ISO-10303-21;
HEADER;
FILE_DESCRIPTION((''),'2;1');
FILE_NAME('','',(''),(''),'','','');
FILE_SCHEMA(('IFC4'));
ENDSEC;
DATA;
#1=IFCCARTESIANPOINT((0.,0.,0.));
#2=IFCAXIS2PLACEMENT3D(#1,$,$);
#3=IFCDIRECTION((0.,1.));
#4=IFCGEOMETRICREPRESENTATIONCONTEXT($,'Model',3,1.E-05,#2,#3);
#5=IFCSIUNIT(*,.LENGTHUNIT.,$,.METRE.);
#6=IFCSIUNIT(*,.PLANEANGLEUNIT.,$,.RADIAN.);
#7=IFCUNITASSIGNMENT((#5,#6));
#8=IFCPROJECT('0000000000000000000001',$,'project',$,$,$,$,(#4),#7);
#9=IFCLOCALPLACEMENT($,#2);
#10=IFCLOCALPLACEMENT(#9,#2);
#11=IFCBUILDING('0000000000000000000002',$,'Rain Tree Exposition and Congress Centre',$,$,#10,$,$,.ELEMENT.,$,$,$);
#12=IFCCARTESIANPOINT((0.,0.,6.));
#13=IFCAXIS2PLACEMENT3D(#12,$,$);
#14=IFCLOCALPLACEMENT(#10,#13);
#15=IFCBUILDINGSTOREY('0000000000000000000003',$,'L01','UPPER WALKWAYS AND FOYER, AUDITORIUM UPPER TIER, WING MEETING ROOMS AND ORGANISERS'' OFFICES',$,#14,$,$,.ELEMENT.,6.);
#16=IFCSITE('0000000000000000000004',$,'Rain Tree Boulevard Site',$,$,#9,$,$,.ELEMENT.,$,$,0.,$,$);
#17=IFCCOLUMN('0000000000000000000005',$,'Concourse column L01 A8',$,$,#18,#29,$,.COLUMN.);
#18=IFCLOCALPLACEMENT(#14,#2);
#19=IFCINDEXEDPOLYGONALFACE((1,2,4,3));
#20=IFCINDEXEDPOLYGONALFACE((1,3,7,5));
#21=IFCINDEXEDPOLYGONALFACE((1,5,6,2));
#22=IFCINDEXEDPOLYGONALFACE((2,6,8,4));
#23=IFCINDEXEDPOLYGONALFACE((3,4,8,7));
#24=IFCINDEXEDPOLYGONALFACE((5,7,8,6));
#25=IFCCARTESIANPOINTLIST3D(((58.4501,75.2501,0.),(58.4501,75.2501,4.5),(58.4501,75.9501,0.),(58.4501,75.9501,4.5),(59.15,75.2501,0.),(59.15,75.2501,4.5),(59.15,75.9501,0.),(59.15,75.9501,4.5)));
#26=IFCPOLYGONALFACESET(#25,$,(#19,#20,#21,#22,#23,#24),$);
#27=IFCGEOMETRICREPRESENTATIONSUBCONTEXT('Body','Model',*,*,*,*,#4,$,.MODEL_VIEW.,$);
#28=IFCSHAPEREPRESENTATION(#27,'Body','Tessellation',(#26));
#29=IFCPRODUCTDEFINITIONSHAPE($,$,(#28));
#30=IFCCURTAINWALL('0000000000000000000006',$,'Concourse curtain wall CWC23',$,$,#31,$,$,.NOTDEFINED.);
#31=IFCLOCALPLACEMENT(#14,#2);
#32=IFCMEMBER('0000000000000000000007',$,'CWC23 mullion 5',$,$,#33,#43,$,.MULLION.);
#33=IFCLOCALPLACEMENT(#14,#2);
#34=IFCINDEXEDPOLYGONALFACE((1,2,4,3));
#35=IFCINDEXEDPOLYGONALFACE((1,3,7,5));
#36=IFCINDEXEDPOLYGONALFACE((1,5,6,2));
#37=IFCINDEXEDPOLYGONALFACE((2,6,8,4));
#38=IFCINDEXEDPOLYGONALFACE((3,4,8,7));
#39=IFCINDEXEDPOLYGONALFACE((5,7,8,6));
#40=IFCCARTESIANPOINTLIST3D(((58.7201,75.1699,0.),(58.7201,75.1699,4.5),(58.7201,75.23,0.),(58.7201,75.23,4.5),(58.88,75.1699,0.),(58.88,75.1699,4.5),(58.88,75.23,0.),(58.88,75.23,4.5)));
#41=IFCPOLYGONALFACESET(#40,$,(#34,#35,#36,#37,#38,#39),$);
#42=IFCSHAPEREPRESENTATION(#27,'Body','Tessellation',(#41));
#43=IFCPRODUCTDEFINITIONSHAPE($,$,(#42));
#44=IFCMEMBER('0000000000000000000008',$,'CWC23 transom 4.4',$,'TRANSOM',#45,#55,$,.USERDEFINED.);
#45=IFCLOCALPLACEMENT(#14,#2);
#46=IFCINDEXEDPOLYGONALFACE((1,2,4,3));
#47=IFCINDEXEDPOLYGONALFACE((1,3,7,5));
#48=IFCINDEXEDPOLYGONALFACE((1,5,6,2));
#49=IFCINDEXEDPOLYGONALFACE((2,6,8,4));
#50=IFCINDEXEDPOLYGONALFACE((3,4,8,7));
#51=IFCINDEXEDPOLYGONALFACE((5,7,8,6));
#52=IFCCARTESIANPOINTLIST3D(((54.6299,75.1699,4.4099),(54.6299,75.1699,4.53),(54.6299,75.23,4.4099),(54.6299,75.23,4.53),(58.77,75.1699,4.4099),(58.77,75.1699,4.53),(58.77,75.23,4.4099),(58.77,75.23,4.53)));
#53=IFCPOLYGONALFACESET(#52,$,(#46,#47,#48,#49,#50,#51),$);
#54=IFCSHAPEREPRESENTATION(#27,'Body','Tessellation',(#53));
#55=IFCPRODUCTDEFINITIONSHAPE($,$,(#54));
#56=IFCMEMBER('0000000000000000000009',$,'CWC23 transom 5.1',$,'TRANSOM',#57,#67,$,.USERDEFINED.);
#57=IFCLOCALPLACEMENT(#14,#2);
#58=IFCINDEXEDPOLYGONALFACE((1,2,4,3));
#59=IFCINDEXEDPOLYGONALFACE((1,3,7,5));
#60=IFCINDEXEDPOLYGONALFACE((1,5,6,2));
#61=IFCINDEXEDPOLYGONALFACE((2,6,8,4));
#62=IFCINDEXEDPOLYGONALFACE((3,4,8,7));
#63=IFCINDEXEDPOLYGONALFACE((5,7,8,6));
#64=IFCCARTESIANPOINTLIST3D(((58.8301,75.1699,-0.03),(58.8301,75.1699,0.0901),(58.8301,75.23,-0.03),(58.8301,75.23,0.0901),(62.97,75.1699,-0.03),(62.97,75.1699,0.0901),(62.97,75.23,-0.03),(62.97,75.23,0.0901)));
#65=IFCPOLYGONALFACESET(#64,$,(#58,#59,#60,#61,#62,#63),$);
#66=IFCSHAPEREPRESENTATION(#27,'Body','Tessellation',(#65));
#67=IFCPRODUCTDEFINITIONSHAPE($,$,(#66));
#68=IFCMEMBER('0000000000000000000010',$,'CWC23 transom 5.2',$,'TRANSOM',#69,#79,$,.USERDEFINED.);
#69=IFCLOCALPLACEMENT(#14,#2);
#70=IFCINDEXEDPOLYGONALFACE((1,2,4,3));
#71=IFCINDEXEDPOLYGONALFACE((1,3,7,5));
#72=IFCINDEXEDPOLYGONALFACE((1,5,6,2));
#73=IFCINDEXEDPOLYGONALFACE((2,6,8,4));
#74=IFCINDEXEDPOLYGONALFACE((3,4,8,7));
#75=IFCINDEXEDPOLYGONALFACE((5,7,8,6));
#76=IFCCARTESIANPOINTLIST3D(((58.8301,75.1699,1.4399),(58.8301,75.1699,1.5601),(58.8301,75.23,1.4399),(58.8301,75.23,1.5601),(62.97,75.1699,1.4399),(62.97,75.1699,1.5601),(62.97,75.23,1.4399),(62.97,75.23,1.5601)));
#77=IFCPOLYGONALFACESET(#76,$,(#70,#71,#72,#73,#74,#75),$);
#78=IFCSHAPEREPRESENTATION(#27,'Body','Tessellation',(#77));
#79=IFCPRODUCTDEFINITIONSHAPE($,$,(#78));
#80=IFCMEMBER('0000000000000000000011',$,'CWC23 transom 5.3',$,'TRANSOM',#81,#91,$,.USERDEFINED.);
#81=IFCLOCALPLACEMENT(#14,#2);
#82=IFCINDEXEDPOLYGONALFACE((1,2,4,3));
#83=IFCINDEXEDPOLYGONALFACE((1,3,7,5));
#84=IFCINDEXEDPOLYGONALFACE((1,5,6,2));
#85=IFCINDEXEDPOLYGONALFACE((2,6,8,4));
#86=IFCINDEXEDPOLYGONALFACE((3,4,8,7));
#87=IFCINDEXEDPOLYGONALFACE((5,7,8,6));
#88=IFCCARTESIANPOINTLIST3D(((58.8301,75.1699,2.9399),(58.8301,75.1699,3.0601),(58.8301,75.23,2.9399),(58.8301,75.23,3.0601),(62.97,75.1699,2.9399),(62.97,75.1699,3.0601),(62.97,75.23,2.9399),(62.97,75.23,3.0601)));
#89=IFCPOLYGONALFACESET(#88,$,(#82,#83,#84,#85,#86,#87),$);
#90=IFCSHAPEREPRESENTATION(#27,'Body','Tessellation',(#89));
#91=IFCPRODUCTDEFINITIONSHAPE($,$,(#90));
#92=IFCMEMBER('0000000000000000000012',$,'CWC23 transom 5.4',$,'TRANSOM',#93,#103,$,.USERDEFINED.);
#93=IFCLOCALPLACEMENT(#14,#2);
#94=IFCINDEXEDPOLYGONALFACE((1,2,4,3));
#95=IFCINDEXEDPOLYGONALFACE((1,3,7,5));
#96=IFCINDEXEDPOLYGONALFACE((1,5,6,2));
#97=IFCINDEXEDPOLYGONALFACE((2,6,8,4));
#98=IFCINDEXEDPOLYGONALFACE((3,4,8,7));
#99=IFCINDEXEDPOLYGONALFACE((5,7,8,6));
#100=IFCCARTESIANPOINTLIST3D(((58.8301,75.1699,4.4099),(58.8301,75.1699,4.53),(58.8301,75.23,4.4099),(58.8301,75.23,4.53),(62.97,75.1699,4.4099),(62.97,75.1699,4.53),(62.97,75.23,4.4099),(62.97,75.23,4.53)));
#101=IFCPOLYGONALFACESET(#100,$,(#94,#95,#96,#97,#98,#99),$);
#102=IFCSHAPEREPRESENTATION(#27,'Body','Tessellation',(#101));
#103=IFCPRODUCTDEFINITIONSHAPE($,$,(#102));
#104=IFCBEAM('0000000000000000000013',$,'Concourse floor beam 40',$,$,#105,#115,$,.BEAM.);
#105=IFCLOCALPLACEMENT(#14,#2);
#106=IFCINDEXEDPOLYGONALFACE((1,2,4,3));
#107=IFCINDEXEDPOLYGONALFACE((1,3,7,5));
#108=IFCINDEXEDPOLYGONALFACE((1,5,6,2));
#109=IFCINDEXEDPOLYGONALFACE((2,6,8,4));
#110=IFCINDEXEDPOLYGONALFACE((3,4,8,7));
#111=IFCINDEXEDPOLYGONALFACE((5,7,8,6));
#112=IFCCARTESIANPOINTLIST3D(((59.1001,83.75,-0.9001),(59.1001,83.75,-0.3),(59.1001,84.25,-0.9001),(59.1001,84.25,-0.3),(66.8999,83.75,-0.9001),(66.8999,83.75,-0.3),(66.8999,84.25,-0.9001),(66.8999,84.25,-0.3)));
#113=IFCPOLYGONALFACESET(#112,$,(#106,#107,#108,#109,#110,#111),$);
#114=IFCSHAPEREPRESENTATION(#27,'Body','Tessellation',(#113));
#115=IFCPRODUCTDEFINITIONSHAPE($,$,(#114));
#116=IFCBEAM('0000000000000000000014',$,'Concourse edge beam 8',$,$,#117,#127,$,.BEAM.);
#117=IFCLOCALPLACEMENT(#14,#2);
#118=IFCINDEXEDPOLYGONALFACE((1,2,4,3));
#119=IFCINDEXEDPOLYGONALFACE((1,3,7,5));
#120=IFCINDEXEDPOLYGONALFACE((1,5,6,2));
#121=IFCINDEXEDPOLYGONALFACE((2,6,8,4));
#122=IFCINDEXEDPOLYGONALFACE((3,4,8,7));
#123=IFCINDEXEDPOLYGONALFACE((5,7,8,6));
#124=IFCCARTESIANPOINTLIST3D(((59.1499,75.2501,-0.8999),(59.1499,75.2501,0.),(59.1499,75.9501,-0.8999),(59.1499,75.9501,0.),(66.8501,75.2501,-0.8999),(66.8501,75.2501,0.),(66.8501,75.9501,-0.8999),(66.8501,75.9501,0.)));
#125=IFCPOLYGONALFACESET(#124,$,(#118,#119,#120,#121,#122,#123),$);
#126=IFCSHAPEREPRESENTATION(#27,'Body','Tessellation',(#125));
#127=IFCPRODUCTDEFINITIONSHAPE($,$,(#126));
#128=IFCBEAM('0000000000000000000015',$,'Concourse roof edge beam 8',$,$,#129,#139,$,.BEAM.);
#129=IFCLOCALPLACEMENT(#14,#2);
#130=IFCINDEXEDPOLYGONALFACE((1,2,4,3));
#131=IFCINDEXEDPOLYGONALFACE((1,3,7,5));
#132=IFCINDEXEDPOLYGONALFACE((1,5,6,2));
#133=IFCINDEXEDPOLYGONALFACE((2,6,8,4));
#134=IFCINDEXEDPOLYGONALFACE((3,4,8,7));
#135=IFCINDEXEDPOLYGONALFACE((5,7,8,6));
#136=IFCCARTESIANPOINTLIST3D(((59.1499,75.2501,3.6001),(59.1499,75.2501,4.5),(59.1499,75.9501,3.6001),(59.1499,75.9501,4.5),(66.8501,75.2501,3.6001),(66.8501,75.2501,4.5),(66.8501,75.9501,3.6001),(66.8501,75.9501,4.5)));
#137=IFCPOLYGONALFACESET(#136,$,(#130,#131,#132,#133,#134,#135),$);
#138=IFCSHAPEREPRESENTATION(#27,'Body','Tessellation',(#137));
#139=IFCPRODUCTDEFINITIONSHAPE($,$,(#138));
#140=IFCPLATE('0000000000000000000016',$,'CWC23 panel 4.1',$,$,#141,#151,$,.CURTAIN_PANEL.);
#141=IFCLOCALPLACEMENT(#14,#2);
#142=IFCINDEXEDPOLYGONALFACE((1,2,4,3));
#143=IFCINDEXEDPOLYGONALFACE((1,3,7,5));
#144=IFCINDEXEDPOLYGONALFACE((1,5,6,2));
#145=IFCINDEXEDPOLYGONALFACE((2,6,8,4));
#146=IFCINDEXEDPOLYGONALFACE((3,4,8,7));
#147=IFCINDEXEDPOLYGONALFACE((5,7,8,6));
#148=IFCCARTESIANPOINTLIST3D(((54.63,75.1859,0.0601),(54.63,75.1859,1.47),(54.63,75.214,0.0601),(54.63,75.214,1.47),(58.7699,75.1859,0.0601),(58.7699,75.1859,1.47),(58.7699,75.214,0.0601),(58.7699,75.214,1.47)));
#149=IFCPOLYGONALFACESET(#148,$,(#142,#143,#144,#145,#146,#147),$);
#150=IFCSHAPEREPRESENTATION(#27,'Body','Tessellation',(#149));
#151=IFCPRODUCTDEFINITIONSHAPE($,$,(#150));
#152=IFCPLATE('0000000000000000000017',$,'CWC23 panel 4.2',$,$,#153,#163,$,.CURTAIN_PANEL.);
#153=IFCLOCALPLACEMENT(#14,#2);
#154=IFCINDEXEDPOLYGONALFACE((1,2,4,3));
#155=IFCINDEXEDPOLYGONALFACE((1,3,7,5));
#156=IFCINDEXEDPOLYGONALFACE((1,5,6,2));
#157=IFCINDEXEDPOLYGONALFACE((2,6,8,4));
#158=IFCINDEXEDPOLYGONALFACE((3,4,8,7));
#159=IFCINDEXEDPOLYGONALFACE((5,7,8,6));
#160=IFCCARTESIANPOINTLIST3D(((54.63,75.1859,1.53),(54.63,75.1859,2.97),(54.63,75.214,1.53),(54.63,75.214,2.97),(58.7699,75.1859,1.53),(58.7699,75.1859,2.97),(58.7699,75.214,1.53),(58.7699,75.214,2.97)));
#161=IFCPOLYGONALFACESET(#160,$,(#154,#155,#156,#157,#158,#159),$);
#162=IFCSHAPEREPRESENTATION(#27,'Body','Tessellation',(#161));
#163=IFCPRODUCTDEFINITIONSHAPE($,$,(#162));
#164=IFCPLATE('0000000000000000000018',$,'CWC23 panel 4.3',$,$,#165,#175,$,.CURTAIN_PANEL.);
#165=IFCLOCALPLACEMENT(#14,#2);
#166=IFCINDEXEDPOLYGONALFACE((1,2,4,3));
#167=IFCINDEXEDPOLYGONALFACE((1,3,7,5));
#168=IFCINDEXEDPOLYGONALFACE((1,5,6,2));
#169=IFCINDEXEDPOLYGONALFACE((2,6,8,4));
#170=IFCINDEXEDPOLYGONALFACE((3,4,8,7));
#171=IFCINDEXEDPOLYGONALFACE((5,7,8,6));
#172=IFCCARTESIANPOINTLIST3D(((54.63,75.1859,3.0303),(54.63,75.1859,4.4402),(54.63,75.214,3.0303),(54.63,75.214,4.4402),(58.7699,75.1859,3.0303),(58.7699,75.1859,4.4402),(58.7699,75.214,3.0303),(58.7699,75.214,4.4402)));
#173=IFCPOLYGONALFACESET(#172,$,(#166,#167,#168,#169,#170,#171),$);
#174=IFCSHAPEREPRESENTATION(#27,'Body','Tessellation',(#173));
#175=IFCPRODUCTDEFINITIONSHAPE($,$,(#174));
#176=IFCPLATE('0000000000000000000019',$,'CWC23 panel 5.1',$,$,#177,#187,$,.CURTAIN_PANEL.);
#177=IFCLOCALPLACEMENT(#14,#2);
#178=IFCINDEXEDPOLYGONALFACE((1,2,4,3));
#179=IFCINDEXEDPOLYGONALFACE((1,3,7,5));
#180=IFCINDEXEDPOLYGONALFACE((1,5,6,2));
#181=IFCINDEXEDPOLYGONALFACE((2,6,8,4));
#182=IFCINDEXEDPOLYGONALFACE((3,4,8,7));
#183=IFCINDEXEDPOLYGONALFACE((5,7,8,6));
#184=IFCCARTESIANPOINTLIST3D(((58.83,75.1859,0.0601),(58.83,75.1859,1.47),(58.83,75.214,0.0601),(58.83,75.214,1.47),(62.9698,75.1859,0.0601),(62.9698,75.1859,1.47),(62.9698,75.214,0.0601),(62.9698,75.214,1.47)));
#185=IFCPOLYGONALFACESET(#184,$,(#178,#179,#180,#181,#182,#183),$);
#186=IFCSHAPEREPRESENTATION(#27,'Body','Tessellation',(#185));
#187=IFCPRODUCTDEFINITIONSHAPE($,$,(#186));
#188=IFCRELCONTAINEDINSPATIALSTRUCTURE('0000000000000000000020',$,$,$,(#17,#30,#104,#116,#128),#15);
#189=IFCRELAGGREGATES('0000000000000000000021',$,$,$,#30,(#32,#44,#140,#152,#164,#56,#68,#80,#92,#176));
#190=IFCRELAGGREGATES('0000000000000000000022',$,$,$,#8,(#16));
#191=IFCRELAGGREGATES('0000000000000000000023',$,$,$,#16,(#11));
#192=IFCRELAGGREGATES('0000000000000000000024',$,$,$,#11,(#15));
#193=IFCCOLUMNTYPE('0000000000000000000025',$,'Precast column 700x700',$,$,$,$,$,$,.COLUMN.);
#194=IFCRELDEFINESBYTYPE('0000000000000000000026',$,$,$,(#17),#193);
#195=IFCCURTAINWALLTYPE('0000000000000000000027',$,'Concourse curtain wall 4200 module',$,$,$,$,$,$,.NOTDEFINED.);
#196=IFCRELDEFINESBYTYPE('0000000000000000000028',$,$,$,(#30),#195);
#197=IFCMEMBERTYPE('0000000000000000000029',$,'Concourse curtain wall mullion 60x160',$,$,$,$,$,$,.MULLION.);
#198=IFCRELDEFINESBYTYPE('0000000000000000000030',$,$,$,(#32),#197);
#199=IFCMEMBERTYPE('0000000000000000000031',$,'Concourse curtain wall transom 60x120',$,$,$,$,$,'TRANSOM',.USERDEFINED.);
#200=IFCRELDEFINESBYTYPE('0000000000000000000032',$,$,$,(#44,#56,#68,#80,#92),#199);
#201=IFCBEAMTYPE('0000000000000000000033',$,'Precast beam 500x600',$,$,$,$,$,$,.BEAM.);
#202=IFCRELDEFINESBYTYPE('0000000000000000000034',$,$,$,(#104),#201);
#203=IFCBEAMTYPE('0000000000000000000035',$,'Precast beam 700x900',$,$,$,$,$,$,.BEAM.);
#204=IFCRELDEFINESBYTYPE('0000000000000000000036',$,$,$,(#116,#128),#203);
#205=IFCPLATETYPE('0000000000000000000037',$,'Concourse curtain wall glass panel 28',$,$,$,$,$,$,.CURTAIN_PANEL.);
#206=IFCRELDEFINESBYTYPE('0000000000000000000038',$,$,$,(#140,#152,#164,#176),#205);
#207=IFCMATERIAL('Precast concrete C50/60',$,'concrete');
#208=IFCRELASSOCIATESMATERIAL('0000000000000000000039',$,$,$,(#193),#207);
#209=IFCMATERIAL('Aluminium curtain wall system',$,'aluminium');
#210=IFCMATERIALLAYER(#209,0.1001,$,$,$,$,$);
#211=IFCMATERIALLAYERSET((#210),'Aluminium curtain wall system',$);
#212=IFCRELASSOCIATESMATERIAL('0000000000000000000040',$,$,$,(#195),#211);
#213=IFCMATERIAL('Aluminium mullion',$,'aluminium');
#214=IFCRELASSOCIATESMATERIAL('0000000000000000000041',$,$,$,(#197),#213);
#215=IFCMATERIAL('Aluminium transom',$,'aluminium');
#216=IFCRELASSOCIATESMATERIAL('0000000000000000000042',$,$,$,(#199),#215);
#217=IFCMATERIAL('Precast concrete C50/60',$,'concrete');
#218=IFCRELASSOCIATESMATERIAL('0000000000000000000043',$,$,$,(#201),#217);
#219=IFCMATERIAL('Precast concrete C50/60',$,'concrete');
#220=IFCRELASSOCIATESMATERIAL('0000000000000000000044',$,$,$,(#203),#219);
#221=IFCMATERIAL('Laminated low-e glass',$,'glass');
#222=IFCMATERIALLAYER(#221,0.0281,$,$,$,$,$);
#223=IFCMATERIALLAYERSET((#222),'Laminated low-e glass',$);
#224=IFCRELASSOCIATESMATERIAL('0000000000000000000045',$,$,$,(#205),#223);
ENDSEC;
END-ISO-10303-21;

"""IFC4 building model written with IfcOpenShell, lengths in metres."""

from ifc_helpers import new_model, si_unit, direction, frame, origin, origin_2d, place, context, subcontext, project, spatial, rectangle, extrude, material, layer, layer_set, material_profile, profile_set, type_object, element, aggregate, save


model = new_model("IFC4")

# Units and contexts
model_context = context("Model", 3, precision=1e-05, world=origin(), true_north=direction((0.0, 1.0)))
body_context = subcontext(model_context, "Body", "Model", "MODEL_VIEW")
ifc_project = project(units=[si_unit("LENGTHUNIT", "METRE"), si_unit("PLANEANGLEUNIT", "RADIAN")], contexts=[model_context])

# Site, building, storey
site_placement = place(None, origin())
site = spatial("IfcSite", under=ifc_project, at=site_placement, Name="Rain Tree Boulevard Site", CompositionType="ELEMENT", RefElevation=0.0)
building_placement = place(site_placement, origin())
building = spatial("IfcBuilding", under=site, at=building_placement, Name="Rain Tree Exposition and Congress Centre", CompositionType="ELEMENT")
storey_placement = place(building_placement, frame((0.0, 0.0, 6.0)))
storey = spatial("IfcBuildingStorey", under=building, at=storey_placement, Name="L01", Description="UPPER WALKWAYS AND FOYER, AUDITORIUM UPPER TIER, WING MEETING ROOMS AND ORGANISERS' OFFICES", CompositionType="ELEMENT", Elevation=6.0)

# Column
ifc_material_1 = material(Name="Precast concrete C50/60", Category="concrete")
ifc_material_profile_1 = material_profile(ifc_material_1, rectangle(XDim=0.7, YDim=0.7, at=origin_2d()), Name="RC 700x700")
ifc_profile_set_1 = profile_set([ifc_material_profile_1], Name="Precast concrete C50/60")
column_type = type_object("IfcColumnType", Name="Precast column 700x700", PredefinedType="COLUMN", material=ifc_profile_set_1)
column_placement = place(storey_placement, frame((58.8, 75.6001, 0.0), z_axis=(0.0, 0.0, 1.0), x_axis=(1.0, 0.0, 0.0)))
element("IfcColumn", 1, at=column_placement, inside=storey, type_object=column_type, Name="Concourse column L01 A8", PredefinedType="COLUMN", context=body_context, shape_type="SweptSolid", body=[
    extrude(rectangle(XDim=0.7, YDim=0.7, at=origin_2d()), origin(), (0.0, 0.0, 1.0), 4.5),
])

# Curtain wall, members
ifc_material_2 = material(Name="Aluminium curtain wall system", Category="aluminium")
ifc_layer_1 = layer(ifc_material_2, 0.1001)
ifc_layer_set_1 = layer_set([ifc_layer_1], Name="Aluminium curtain wall system")
curtain_wall_type = type_object("IfcCurtainWallType", Name="Concourse curtain wall 4200 module", PredefinedType="NOTDEFINED", material=ifc_layer_set_1)
curtain_wall_placement = place(storey_placement, origin())
curtain_wall = element("IfcCurtainWall", 2, at=curtain_wall_placement, inside=storey, type_object=curtain_wall_type, Name="Concourse curtain wall CWC23", PredefinedType="NOTDEFINED")
ifc_material_3 = material(Name="Aluminium mullion", Category="aluminium")
ifc_material_profile_2 = material_profile(ifc_material_3, rectangle(XDim=0.0601, YDim=0.1599, at=origin_2d()), Name="AL 60x160")
ifc_profile_set_2 = profile_set([ifc_material_profile_2], Name="Aluminium mullion")
member_type_1 = type_object("IfcMemberType", Name="Concourse curtain wall mullion 60x160", PredefinedType="MULLION", material=ifc_profile_set_2)
member_1_placement = place(storey_placement, frame((58.8, 75.2, 0.0), z_axis=(0.0, 0.0, 1.0), x_axis=(0.0, 1.0, 0.0)))
member_1 = element("IfcMember", 3, at=member_1_placement, type_object=member_type_1, Name="CWC23 mullion 5", PredefinedType="MULLION", context=body_context, shape_type="SweptSolid", body=[
    extrude(rectangle(XDim=0.0601, YDim=0.1599, at=origin_2d()), origin(), (0.0, 0.0, 1.0), 4.5),
])
ifc_material_4 = material(Name="Aluminium transom", Category="aluminium")
ifc_material_profile_3 = material_profile(ifc_material_4, rectangle(XDim=0.0601, YDim=0.1201, at=origin_2d()), Name="AL 60x120")
ifc_profile_set_3 = profile_set([ifc_material_profile_3], Name="Aluminium transom")
member_type_2 = type_object("IfcMemberType", Name="Concourse curtain wall transom 60x120", ElementType="TRANSOM", PredefinedType="USERDEFINED", material=ifc_profile_set_3)
member_2_placement = place(storey_placement, frame((54.6299, 75.2, 4.47), z_axis=(1.0, 0.0, 0.0), x_axis=(0.0, 1.0, 0.0)))
member_2 = element("IfcMember", 4, at=member_2_placement, type_object=member_type_2, Name="CWC23 transom 4.4", ObjectType="TRANSOM", PredefinedType="USERDEFINED", context=body_context, shape_type="SweptSolid", body=[
    extrude(rectangle(XDim=0.0601, YDim=0.1201, at=origin_2d()), origin(), (0.0, 0.0, 1.0), 4.1401),
])
member_3_placement = place(storey_placement, frame((58.8301, 75.2, 0.03), z_axis=(1.0, 0.0, 0.0), x_axis=(0.0, 1.0, 0.0)))
member_3 = element("IfcMember", 5, at=member_3_placement, type_object=member_type_2, Name="CWC23 transom 5.1", ObjectType="TRANSOM", PredefinedType="USERDEFINED", context=body_context, shape_type="SweptSolid", body=[
    extrude(rectangle(XDim=0.0601, YDim=0.1201, at=origin_2d()), origin(), (0.0, 0.0, 1.0), 4.1399),
])
member_4_placement = place(storey_placement, frame((58.8301, 75.2, 1.5), z_axis=(1.0, 0.0, 0.0), x_axis=(0.0, 1.0, 0.0)))
member_4 = element("IfcMember", 6, at=member_4_placement, type_object=member_type_2, Name="CWC23 transom 5.2", ObjectType="TRANSOM", PredefinedType="USERDEFINED", context=body_context, shape_type="SweptSolid", body=[
    extrude(rectangle(XDim=0.0601, YDim=0.1201, at=origin_2d()), origin(), (0.0, 0.0, 1.0), 4.1399),
])
member_5_placement = place(storey_placement, frame((58.8301, 75.2, 3.0), z_axis=(1.0, 0.0, 0.0), x_axis=(0.0, 1.0, 0.0)))
member_5 = element("IfcMember", 7, at=member_5_placement, type_object=member_type_2, Name="CWC23 transom 5.3", ObjectType="TRANSOM", PredefinedType="USERDEFINED", context=body_context, shape_type="SweptSolid", body=[
    extrude(rectangle(XDim=0.0601, YDim=0.1201, at=origin_2d()), origin(), (0.0, 0.0, 1.0), 4.1399),
])
member_6_placement = place(storey_placement, frame((58.8301, 75.2, 4.47), z_axis=(1.0, 0.0, 0.0), x_axis=(0.0, 1.0, 0.0)))
member_6 = element("IfcMember", 8, at=member_6_placement, type_object=member_type_2, Name="CWC23 transom 5.4", ObjectType="TRANSOM", PredefinedType="USERDEFINED", context=body_context, shape_type="SweptSolid", body=[
    extrude(rectangle(XDim=0.0601, YDim=0.1201, at=origin_2d()), origin(), (0.0, 0.0, 1.0), 4.1399),
])

# Beams
ifc_material_5 = material(Name="Precast concrete C50/60", Category="concrete")
ifc_material_profile_4 = material_profile(ifc_material_5, rectangle(XDim=0.5, YDim=0.6001, at=origin_2d()), Name="RC 500x600")
ifc_profile_set_4 = profile_set([ifc_material_profile_4], Name="Precast concrete C50/60")
beam_type_1 = type_object("IfcBeamType", Name="Precast beam 500x600", PredefinedType="BEAM", material=ifc_profile_set_4)
beam_placement = place(storey_placement, frame((59.1001, 84.0, -0.6001), z_axis=(1.0, 0.0, 0.0), x_axis=(0.0, 1.0, 0.0)))
element("IfcBeam", 9, at=beam_placement, inside=storey, type_object=beam_type_1, Name="Concourse floor beam 40", PredefinedType="BEAM", context=body_context, shape_type="SweptSolid", body=[
    extrude(rectangle(XDim=0.5, YDim=0.6001, at=origin_2d()), origin(), (0.0, 0.0, 1.0), 7.7998),
])
ifc_material_6 = material(Name="Precast concrete C50/60", Category="concrete")
ifc_material_profile_5 = material_profile(ifc_material_6, rectangle(XDim=0.7, YDim=0.8999, at=origin_2d()), Name="RC 700x900")
ifc_profile_set_5 = profile_set([ifc_material_profile_5], Name="Precast concrete C50/60")
beam_type_2 = type_object("IfcBeamType", Name="Precast beam 700x900", PredefinedType="BEAM", material=ifc_profile_set_5)
for number, where, z_axis, x_axis, name in (
    (10, (59.1499, 75.6001, -0.45), (1.0, 0.0, 0.0), (0.0, 1.0, 0.0), "Concourse edge beam 8"),
    (11, (59.1499, 75.6001, 4.05), (1.0, 0.0, 0.0), (0.0, 1.0, 0.0), "Concourse roof edge beam 8"),
):
    element("IfcBeam", number, at=place(storey_placement, frame(where, z_axis=z_axis, x_axis=x_axis)), inside=storey, type_object=beam_type_2, Name=name, PredefinedType="BEAM", context=body_context, shape_type="SweptSolid", body=[
        extrude(rectangle(XDim=0.7, YDim=0.8999, at=origin_2d()), origin(), (0.0, 0.0, 1.0), 7.7002),
    ])

# Plates
ifc_material_7 = material(Name="Laminated low-e glass", Category="glass")
ifc_layer_2 = layer(ifc_material_7, 0.0281)
ifc_layer_set_2 = layer_set([ifc_layer_2], Name="Laminated low-e glass")
plate_type = type_object("IfcPlateType", Name="Concourse curtain wall glass panel 28", PredefinedType="CURTAIN_PANEL", material=ifc_layer_set_2)
plate_1_placement = place(storey_placement, frame((56.7, 75.2, 0.0601), z_axis=(0.0, 0.0, 1.0), x_axis=(1.0, 0.0, 0.0)))
plate_1 = element("IfcPlate", 12, at=plate_1_placement, type_object=plate_type, Name="CWC23 panel 4.1", PredefinedType="CURTAIN_PANEL", context=body_context, shape_type="SweptSolid", body=[
    extrude(rectangle(XDim=4.1399, YDim=0.0281, at=origin_2d()), origin(), (0.0, 0.0, 1.0), 1.4099),
])
plate_2_placement = place(storey_placement, frame((56.7, 75.2, 1.53), z_axis=(0.0, 0.0, 1.0), x_axis=(1.0, 0.0, 0.0)))
plate_2 = element("IfcPlate", 13, at=plate_2_placement, type_object=plate_type, Name="CWC23 panel 4.2", PredefinedType="CURTAIN_PANEL", context=body_context, shape_type="SweptSolid", body=[
    extrude(rectangle(XDim=4.1399, YDim=0.0281, at=origin_2d()), origin(), (0.0, 0.0, 1.0), 1.4399),
])
plate_3_placement = place(storey_placement, frame((56.7, 75.2, 3.0303), z_axis=(0.0, 0.0, 1.0), x_axis=(1.0, 0.0, 0.0)))
plate_3 = element("IfcPlate", 14, at=plate_3_placement, type_object=plate_type, Name="CWC23 panel 4.3", PredefinedType="CURTAIN_PANEL", context=body_context, shape_type="SweptSolid", body=[
    extrude(rectangle(XDim=4.1399, YDim=0.0281, at=origin_2d()), origin(), (0.0, 0.0, 1.0), 1.4099),
])
plate_4_placement = place(storey_placement, frame((60.8999, 75.2, 0.0601), z_axis=(0.0, 0.0, 1.0), x_axis=(1.0, 0.0, 0.0)))
plate_4 = element("IfcPlate", 15, at=plate_4_placement, type_object=plate_type, Name="CWC23 panel 5.1", PredefinedType="CURTAIN_PANEL", context=body_context, shape_type="SweptSolid", body=[
    extrude(rectangle(XDim=4.1399, YDim=0.0281, at=origin_2d()), origin(), (0.0, 0.0, 1.0), 1.4099),
])
aggregate(curtain_wall, [member_1, member_2, plate_1, plate_2, plate_3, member_3, member_4, member_5, member_6, plate_4])

save(model, "model.ifc")
